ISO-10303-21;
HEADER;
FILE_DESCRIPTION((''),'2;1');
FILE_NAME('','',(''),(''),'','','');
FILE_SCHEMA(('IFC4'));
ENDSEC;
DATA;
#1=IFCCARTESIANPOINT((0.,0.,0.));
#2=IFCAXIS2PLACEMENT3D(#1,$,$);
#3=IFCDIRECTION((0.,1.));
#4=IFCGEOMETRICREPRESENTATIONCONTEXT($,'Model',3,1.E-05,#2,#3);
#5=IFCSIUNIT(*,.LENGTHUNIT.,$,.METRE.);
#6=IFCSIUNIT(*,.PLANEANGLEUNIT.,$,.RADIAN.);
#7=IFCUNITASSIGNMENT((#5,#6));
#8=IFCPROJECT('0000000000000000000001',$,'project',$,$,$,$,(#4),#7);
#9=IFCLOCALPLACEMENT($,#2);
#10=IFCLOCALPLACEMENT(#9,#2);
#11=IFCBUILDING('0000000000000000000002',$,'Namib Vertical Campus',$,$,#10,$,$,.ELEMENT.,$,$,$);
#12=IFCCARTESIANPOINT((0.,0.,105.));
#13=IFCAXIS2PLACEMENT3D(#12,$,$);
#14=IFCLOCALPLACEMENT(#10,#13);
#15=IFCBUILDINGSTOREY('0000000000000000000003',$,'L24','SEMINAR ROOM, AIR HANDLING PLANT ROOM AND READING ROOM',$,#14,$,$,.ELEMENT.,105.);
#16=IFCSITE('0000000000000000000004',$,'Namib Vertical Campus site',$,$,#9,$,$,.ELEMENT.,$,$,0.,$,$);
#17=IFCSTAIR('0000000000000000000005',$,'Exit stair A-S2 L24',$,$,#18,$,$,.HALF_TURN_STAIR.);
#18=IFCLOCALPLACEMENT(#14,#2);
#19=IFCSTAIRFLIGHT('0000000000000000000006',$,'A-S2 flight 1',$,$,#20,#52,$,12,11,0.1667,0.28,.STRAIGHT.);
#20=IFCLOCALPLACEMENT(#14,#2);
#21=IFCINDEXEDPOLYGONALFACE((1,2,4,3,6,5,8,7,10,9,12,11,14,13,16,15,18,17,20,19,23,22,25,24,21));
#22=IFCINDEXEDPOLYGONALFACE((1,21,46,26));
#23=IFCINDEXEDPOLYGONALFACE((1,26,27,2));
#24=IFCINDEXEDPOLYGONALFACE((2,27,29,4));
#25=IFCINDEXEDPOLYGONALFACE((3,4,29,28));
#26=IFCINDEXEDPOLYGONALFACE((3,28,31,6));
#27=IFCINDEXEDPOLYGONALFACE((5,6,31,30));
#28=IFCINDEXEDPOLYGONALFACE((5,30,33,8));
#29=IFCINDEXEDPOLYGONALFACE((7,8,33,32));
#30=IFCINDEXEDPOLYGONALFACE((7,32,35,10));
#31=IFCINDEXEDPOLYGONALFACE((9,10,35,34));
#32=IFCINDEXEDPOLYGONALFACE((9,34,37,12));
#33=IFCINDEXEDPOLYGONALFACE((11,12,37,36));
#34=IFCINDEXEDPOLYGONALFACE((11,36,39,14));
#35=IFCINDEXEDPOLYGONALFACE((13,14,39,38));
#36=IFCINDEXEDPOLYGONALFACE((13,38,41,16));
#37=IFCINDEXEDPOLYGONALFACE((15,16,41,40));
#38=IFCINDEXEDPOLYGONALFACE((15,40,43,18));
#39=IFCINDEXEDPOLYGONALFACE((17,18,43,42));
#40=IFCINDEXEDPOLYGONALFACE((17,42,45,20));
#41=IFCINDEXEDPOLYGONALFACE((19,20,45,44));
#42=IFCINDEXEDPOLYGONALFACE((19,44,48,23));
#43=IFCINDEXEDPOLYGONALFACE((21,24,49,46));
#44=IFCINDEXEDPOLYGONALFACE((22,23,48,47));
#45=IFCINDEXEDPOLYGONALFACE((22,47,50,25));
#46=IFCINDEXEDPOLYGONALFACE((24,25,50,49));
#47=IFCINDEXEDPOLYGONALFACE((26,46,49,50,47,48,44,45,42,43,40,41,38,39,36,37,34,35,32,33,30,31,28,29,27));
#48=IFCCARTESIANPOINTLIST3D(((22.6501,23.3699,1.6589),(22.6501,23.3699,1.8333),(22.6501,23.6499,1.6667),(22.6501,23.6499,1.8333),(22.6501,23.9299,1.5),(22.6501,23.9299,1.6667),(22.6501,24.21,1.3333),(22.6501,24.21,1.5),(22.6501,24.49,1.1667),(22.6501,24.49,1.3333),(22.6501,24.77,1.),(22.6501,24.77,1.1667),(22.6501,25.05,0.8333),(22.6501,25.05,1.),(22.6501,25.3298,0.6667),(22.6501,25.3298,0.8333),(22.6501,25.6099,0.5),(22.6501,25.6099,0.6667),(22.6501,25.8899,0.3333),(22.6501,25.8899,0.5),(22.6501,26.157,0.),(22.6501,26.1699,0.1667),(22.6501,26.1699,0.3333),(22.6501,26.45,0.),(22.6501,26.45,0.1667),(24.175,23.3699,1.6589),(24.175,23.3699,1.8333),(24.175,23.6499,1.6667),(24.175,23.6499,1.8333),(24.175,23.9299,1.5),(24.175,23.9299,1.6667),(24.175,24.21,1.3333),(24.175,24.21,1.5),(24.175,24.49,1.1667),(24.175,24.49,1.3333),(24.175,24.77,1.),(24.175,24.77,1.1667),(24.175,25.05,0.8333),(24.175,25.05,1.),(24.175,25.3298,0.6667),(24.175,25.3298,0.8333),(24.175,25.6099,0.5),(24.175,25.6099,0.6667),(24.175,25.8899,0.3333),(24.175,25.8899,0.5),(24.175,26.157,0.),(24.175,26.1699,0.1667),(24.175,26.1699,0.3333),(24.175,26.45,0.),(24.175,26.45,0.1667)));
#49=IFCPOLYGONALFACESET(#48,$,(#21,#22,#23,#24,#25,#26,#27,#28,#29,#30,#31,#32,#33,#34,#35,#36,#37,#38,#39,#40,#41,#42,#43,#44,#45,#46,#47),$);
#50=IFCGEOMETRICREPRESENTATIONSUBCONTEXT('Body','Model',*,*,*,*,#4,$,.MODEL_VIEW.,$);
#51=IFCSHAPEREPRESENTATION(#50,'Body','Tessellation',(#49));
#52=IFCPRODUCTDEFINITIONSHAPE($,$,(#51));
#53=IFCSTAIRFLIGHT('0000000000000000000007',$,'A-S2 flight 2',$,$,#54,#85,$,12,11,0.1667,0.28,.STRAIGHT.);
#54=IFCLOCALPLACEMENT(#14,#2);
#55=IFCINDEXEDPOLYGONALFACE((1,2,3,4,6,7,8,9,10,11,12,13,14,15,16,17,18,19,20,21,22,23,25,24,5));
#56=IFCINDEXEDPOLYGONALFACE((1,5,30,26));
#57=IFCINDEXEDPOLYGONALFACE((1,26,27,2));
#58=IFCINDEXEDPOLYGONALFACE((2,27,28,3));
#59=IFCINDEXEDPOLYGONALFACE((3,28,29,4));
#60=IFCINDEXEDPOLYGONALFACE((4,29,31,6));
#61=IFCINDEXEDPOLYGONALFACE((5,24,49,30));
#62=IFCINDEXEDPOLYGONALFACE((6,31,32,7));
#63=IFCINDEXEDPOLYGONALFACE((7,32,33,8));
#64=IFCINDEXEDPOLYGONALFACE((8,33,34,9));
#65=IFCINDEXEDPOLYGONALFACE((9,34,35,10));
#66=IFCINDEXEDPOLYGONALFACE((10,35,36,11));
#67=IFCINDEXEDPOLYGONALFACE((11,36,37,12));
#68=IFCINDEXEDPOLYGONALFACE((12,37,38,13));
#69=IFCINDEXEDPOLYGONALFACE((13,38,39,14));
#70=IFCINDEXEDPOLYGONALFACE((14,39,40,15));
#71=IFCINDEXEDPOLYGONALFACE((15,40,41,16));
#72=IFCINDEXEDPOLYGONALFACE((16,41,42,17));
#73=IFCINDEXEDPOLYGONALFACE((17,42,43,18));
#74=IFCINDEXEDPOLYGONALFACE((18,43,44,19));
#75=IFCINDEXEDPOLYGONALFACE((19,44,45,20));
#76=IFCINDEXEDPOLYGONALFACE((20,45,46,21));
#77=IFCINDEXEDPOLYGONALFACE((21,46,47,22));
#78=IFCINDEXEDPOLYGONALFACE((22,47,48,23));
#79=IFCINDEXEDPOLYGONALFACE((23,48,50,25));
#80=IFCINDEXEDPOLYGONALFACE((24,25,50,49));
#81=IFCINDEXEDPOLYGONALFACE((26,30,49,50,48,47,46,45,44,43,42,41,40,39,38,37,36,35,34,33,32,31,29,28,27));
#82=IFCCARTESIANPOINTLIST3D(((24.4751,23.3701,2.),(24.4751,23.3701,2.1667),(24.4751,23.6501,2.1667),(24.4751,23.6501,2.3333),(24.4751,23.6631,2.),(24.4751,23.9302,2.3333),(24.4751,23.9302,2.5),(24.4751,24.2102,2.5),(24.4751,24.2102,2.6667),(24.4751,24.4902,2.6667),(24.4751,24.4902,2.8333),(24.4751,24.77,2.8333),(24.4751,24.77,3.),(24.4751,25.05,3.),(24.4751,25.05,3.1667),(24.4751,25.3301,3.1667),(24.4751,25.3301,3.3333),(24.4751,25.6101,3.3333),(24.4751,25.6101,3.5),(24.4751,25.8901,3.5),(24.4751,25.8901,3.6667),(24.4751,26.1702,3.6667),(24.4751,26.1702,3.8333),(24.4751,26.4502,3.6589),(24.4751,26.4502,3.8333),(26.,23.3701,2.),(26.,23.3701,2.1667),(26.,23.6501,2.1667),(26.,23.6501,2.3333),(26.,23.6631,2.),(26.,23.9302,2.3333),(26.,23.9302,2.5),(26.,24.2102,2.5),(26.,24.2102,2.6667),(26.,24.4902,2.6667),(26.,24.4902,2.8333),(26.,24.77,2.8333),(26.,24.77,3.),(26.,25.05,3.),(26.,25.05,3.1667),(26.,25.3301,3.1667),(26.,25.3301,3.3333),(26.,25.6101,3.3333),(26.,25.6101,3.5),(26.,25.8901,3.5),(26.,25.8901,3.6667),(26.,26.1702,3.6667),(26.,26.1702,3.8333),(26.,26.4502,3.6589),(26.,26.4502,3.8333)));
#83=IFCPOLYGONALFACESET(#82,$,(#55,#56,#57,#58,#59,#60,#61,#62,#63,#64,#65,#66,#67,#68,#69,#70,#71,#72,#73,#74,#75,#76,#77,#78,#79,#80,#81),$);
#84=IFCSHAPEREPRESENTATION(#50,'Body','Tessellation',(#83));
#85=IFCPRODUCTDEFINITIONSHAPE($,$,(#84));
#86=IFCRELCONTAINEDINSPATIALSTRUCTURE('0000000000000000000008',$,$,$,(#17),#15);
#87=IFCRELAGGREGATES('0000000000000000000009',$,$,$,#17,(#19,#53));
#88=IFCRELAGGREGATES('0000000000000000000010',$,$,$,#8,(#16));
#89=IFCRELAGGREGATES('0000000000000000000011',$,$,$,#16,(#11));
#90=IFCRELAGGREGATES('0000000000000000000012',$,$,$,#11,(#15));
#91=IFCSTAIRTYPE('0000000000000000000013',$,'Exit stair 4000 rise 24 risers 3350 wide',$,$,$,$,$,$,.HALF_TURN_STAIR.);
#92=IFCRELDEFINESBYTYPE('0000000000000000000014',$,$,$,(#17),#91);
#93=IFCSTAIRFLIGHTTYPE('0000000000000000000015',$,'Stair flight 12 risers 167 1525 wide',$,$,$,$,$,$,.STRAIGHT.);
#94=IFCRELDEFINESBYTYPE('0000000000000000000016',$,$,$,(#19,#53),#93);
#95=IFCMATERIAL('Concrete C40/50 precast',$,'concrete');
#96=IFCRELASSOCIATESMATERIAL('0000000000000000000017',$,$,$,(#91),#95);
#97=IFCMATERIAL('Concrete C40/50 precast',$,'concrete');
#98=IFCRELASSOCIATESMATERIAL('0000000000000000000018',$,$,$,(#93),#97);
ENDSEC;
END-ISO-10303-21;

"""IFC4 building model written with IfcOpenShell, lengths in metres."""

from ifc_helpers import new_model, si_unit, direction, frame, origin, place, context, subcontext, project, spatial, polyline, outline, extrude, material, type_object, element, aggregate, save


model = new_model("IFC4")

# Units and contexts
model_context = context("Model", 3, precision=1e-05, world=origin(), true_north=direction((0.0, 1.0)))
body_context = subcontext(model_context, "Body", "Model", "MODEL_VIEW")
ifc_project = project(units=[si_unit("LENGTHUNIT", "METRE"), si_unit("PLANEANGLEUNIT", "RADIAN")], contexts=[model_context])

# Site, building, storey
site_placement = place(None, origin())
site = spatial("IfcSite", under=ifc_project, at=site_placement, Name="Namib Vertical Campus site", CompositionType="ELEMENT", RefElevation=0.0)
building_placement = place(site_placement, origin())
building = spatial("IfcBuilding", under=site, at=building_placement, Name="Namib Vertical Campus", CompositionType="ELEMENT")
storey_placement = place(building_placement, frame((0.0, 0.0, 105.0)))
storey = spatial("IfcBuildingStorey", under=building, at=storey_placement, Name="L24", Description="SEMINAR ROOM, AIR HANDLING PLANT ROOM AND READING ROOM", CompositionType="ELEMENT", Elevation=105.0)

# Stair, stair flights
ifc_material_1 = material(Name="Concrete C40/50 precast", Category="concrete")
stair_type = type_object("IfcStairType", Name="Exit stair 4000 rise 24 risers 3350 wide", PredefinedType="HALF_TURN_STAIR", material=ifc_material_1)
stair_placement = place(storey_placement, origin())
stair = element("IfcStair", 1, at=stair_placement, inside=storey, type_object=stair_type, Name="Exit stair A-S2 L24", PredefinedType="HALF_TURN_STAIR")
ifc_material_2 = material(Name="Concrete C40/50 precast", Category="concrete")
stair_flight_type = type_object("IfcStairFlightType", Name="Stair flight 12 risers 167 1525 wide", PredefinedType="STRAIGHT", material=ifc_material_2)
stair_flight_1_placement = place(storey_placement, frame((23.4126, 26.45, 0.0), z_axis=(0.0, 0.0, 1.0), x_axis=(0.0, -1.0, 0.0)))
stair_flight_1 = element("IfcStairFlight", 2, at=stair_flight_1_placement, type_object=stair_flight_type, Name="A-S2 flight 1", NumberOfRisers=12, NumberOfTreads=11, PredefinedType="STRAIGHT", RiserHeight=0.1667, TreadLength=0.28, context=body_context, shape_type="SweptSolid", body=[
    extrude(outline(polyline([(0.0, 0.0), (0.0, 0.1667), (0.28, 0.1667), (0.28, 0.3333), (0.5601, 0.3333), (0.5601, 0.5), (0.8401, 0.5), (0.8401, 0.6667), (1.1201, 0.6667), (1.1201, 0.8333), (1.3999, 0.8333), (1.3999, 1.0), (1.6799, 1.0), (1.6799, 1.1667), (1.96, 1.1667), (1.96, 1.3333), (2.24, 1.3333), (2.24, 1.5), (2.52, 1.5), (2.52, 1.6667), (2.8, 1.6667), (2.8, 1.8333), (3.0801, 1.8333), (3.0801, 2.0), (3.0801, 1.6589), (0.293, 0.0), (0.0, 0.0)])), frame((0.0, 0.7625, 0.0), z_axis=(0.0, -1.0, 0.0), x_axis=(1.0, 0.0, 0.0)), (0.0, 0.0, 1.0), 1.5249),
])
stair_flight_2_placement = place(storey_placement, frame((25.2375, 23.3701, 2.0), z_axis=(0.0, 0.0, 1.0), x_axis=(0.0, 1.0, 0.0)))
stair_flight_2 = element("IfcStairFlight", 3, at=stair_flight_2_placement, type_object=stair_flight_type, Name="A-S2 flight 2", NumberOfRisers=12, NumberOfTreads=11, PredefinedType="STRAIGHT", RiserHeight=0.1667, TreadLength=0.28, context=body_context, shape_type="SweptSolid", body=[
    extrude(outline(polyline([(0.0, 0.0), (0.0, 0.1667), (0.28, 0.1667), (0.28, 0.3333), (0.5601, 0.3333), (0.5601, 0.5), (0.8401, 0.5), (0.8401, 0.6667), (1.1201, 0.6667), (1.1201, 0.8333), (1.3999, 0.8333), (1.3999, 1.0), (1.6799, 1.0), (1.6799, 1.1667), (1.96, 1.1667), (1.96, 1.3333), (2.24, 1.3333), (2.24, 1.5), (2.52, 1.5), (2.52, 1.6667), (2.8, 1.6667), (2.8, 1.8333), (3.0801, 1.8333), (3.0801, 2.0), (3.0801, 1.6589), (0.293, 0.0), (0.0, 0.0)])), frame((0.0, 0.7625, 0.0), z_axis=(0.0, -1.0, 0.0), x_axis=(1.0, 0.0, 0.0)), (0.0, 0.0, 1.0), 1.5249),
])
aggregate(stair, [stair_flight_1, stair_flight_2])

save(model, "model.ifc")
